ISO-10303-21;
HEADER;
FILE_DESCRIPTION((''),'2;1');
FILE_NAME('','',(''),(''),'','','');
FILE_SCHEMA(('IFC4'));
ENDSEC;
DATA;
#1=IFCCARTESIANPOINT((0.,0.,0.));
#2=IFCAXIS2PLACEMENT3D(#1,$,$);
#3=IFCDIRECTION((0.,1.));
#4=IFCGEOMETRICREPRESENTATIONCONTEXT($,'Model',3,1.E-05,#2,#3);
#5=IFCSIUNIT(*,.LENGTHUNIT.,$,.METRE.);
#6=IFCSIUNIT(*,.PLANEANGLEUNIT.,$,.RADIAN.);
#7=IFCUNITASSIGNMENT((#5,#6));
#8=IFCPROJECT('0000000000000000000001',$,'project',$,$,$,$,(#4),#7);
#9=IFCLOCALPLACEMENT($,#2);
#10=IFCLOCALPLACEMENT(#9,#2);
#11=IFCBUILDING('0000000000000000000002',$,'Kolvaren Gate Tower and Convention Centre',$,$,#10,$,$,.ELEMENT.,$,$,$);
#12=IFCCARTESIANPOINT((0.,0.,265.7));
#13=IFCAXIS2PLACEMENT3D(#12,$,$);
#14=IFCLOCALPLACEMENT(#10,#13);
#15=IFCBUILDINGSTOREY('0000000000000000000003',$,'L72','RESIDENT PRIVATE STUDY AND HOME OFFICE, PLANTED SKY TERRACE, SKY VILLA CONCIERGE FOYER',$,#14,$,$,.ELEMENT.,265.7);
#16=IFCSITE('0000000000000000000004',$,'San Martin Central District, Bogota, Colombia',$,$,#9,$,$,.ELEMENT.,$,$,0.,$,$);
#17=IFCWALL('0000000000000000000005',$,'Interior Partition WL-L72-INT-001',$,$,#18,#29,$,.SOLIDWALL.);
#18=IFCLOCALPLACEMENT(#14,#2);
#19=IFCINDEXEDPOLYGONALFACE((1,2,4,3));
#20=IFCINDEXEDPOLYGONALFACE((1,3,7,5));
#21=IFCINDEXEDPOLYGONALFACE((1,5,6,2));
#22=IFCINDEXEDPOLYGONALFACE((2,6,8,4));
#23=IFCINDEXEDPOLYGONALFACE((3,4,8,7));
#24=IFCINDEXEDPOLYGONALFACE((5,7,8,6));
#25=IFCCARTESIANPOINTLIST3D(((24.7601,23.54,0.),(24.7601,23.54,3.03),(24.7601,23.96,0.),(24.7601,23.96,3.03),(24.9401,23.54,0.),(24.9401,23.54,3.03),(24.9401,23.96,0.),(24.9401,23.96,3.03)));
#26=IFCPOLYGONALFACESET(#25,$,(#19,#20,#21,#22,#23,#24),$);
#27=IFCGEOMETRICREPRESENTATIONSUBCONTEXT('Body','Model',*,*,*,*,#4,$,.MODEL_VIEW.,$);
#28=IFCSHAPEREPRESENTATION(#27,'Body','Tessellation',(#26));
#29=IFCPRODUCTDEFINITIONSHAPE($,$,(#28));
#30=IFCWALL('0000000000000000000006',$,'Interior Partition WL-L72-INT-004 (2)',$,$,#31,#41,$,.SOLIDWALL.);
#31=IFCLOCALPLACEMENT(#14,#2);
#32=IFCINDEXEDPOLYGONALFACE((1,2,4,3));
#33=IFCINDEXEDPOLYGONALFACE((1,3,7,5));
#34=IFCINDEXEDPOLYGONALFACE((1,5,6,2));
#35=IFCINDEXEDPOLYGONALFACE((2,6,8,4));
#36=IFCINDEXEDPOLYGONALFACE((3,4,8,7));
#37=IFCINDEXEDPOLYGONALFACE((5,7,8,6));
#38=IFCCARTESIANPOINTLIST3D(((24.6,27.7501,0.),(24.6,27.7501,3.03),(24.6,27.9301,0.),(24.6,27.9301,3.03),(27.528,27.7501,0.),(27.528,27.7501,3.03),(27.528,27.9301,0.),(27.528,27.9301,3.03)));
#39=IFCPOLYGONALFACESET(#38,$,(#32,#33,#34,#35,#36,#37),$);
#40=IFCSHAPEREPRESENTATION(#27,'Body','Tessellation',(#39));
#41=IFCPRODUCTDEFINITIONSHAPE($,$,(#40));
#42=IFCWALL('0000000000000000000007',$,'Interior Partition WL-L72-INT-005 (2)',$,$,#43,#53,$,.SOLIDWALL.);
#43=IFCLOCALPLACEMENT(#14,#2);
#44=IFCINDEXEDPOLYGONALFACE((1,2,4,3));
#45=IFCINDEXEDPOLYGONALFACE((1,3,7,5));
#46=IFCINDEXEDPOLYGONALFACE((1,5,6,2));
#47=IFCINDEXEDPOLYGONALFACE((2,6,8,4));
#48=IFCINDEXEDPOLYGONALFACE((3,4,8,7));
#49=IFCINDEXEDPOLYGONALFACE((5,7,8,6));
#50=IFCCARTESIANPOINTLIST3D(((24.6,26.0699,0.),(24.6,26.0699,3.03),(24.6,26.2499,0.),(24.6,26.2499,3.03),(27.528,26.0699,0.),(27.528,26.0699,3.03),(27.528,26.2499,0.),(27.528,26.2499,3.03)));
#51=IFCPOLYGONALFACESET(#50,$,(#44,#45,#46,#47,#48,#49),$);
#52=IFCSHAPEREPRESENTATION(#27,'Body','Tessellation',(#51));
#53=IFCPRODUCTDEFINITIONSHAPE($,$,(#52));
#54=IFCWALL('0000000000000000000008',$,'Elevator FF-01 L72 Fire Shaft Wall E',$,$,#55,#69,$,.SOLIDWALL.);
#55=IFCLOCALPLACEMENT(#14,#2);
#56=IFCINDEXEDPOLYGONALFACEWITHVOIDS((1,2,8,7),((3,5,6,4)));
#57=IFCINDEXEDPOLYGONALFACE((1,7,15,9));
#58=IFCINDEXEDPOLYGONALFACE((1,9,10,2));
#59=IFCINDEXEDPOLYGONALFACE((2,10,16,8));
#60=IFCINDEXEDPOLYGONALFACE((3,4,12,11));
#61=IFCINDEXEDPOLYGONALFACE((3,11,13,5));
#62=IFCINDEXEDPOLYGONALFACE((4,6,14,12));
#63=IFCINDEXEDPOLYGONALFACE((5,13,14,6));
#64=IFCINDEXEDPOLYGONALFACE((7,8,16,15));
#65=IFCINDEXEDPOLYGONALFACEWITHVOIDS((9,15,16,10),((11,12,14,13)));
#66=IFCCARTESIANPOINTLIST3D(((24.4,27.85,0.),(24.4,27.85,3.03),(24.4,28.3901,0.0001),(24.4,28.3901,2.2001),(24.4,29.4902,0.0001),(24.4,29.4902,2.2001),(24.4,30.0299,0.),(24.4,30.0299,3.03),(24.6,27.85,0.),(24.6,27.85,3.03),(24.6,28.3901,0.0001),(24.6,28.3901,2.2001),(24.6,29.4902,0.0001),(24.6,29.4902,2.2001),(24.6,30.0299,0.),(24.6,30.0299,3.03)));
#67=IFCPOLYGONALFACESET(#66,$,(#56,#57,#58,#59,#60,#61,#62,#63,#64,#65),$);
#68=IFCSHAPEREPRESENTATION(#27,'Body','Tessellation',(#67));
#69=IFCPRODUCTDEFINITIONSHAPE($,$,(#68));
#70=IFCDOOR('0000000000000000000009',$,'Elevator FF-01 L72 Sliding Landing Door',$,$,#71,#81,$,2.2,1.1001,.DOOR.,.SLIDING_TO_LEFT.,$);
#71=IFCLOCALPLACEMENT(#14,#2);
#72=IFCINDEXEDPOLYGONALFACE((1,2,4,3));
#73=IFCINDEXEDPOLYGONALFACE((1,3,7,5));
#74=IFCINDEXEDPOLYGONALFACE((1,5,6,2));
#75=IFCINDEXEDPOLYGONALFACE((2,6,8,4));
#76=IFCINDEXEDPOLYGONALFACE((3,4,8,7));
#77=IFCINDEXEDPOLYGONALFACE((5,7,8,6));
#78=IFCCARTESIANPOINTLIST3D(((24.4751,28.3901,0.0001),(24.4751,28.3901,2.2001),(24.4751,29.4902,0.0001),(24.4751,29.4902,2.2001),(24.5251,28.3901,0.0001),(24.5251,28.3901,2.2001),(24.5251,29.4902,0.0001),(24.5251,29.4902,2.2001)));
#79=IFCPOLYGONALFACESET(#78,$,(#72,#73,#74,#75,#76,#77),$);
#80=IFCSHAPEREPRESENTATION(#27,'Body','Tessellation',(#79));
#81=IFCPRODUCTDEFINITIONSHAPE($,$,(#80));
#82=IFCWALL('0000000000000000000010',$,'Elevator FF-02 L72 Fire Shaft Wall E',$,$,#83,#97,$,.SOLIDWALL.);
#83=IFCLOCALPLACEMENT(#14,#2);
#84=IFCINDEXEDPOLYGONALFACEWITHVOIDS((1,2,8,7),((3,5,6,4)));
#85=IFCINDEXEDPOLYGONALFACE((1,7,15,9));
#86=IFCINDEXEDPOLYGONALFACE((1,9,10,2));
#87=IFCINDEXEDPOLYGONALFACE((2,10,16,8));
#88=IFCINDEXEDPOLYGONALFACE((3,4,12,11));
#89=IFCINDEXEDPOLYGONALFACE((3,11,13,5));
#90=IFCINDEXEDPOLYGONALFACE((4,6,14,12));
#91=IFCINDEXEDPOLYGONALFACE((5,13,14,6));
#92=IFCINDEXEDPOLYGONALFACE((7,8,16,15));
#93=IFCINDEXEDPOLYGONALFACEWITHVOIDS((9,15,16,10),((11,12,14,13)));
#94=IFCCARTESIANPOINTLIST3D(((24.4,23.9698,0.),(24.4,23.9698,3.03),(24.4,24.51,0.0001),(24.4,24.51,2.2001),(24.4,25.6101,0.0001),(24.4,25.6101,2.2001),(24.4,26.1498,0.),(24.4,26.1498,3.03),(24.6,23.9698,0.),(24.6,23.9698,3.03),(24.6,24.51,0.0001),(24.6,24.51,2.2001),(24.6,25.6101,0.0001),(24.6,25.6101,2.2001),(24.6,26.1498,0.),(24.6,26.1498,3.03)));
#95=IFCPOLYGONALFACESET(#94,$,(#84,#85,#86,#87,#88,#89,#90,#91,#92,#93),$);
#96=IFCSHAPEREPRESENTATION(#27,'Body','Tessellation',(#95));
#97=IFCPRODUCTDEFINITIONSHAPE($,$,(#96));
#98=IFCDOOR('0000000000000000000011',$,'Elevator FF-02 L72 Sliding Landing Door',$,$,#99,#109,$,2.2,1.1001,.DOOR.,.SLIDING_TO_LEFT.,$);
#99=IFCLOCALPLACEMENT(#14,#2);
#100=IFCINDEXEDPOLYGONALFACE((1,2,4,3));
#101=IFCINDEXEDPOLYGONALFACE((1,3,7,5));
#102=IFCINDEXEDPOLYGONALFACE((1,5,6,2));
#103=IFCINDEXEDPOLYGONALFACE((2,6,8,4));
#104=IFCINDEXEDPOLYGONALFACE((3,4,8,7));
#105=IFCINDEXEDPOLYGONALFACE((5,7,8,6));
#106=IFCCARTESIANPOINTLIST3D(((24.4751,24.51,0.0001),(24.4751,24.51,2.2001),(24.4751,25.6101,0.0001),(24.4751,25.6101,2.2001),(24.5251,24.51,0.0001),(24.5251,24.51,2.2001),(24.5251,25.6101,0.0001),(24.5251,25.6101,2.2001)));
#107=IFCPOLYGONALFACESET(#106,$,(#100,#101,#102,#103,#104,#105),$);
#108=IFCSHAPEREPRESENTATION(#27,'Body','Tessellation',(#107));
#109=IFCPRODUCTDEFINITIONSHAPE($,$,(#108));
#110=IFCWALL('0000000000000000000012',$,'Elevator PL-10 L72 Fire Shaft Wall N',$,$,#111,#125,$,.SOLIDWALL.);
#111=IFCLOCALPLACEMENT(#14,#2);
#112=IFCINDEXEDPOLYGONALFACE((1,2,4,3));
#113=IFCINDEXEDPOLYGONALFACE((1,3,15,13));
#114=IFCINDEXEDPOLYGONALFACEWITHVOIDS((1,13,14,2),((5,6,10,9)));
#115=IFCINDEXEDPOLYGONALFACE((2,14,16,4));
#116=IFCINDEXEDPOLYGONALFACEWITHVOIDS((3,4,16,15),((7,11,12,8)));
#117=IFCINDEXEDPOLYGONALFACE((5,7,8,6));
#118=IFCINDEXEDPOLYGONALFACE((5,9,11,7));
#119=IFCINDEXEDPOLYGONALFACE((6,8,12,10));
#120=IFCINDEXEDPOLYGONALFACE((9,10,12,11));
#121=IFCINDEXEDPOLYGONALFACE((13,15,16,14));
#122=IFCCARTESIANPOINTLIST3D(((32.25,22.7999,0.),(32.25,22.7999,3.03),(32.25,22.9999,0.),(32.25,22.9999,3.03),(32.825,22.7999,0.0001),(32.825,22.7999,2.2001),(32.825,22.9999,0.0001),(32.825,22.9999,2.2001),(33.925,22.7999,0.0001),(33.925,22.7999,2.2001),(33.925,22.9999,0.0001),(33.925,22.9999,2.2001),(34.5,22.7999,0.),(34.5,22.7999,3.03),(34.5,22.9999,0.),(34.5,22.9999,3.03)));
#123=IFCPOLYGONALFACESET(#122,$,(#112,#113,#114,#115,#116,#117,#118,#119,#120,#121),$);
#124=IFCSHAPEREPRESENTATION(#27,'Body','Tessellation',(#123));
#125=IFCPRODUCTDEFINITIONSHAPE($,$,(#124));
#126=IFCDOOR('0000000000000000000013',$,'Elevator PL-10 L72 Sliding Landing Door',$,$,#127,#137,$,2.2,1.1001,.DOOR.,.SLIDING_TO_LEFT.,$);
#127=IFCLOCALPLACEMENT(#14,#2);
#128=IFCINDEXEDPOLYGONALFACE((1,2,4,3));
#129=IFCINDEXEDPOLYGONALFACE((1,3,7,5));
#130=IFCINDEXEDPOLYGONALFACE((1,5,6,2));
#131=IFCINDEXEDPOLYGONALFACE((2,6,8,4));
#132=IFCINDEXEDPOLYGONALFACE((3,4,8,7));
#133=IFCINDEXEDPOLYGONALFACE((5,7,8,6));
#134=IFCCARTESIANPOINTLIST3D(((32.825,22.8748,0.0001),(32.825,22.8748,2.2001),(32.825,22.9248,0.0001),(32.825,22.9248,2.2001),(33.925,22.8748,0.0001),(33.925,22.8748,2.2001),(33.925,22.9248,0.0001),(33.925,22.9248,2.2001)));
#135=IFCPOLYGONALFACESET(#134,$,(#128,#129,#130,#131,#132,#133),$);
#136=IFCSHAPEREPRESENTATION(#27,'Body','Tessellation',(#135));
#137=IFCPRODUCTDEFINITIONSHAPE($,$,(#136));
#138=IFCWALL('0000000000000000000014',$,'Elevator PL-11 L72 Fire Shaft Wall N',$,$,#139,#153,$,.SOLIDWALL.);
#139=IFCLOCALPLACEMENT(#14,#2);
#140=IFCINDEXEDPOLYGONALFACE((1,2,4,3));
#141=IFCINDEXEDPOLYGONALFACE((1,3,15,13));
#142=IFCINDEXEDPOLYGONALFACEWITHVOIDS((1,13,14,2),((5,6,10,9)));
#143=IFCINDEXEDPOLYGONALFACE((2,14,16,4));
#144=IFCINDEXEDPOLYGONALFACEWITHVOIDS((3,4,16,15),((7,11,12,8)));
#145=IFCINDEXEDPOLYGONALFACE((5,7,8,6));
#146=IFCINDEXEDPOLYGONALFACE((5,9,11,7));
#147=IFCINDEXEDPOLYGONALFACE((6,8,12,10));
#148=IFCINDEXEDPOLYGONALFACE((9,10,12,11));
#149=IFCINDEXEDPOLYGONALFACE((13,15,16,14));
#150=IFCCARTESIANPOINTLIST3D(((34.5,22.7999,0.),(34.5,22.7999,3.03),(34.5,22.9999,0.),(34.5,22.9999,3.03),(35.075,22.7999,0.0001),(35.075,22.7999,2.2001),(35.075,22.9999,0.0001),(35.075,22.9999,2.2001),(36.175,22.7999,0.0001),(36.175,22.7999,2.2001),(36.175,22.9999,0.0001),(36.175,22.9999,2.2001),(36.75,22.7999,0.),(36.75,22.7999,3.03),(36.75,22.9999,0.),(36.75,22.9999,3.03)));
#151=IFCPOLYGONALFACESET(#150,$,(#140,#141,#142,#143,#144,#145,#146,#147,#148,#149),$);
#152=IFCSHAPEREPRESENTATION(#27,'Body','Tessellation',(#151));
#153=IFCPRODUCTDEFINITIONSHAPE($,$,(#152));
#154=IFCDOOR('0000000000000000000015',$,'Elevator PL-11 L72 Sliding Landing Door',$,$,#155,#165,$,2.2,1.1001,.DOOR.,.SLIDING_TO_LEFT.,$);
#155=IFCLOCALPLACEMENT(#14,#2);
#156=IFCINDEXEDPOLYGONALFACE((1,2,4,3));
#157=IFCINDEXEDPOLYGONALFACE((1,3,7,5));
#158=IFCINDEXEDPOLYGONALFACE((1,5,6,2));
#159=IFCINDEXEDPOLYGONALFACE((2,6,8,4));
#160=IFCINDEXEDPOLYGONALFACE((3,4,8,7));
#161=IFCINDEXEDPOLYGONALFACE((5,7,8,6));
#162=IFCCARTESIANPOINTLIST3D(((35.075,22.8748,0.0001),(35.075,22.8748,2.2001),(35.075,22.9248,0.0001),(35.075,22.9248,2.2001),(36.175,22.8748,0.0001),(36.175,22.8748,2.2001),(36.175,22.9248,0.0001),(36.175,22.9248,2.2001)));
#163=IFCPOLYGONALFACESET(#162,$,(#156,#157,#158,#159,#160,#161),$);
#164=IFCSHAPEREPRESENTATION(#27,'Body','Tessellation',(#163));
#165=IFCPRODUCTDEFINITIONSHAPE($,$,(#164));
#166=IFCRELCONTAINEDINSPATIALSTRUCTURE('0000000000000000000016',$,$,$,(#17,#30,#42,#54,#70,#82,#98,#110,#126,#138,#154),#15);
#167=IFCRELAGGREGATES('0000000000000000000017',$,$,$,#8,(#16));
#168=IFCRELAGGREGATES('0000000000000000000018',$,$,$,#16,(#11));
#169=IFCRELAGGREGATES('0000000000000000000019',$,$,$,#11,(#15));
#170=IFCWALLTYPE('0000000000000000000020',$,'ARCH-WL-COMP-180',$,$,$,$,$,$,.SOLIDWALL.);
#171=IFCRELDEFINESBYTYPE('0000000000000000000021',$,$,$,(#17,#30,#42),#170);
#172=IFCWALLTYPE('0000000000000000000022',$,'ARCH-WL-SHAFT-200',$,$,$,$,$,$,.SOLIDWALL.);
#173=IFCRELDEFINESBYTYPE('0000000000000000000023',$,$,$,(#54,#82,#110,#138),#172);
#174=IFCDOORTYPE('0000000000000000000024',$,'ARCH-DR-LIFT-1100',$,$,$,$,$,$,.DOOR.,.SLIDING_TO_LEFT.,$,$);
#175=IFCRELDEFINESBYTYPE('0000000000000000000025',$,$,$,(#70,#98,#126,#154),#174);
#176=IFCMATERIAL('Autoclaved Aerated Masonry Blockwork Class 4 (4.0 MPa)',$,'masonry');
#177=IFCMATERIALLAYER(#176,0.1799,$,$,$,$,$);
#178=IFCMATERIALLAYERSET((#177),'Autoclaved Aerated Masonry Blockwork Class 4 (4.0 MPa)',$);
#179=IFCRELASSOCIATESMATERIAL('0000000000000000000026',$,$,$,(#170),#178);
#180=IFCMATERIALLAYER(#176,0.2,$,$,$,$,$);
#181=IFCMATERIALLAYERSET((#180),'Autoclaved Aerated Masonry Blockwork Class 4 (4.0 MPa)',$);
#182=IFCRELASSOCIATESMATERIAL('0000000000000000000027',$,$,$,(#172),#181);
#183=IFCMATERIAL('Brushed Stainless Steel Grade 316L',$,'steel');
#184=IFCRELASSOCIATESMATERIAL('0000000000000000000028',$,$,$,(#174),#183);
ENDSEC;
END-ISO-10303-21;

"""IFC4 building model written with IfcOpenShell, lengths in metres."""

from ifc_helpers import new_model, si_unit, direction, frame, frame_2d, origin, place, context, subcontext, project, spatial, rectangle, extrude, material, layer, layer_set, type_object, element, fill, save


model = new_model("IFC4")

# Units and contexts
model_context = context("Model", 3, precision=1e-05, world=origin(), true_north=direction((0.0, 1.0)))
body_context = subcontext(model_context, "Body", "Model", "MODEL_VIEW")
ifc_project = project(units=[si_unit("LENGTHUNIT", "METRE"), si_unit("PLANEANGLEUNIT", "RADIAN")], contexts=[model_context])

# Site, building, storey
site_placement = place(None, origin())
site = spatial("IfcSite", under=ifc_project, at=site_placement, Name="San Martin Central District, Bogota, Colombia", CompositionType="ELEMENT", RefElevation=0.0)
building_placement = place(site_placement, origin())
building = spatial("IfcBuilding", under=site, at=building_placement, Name="Kolvaren Gate Tower and Convention Centre", CompositionType="ELEMENT")
storey_placement = place(building_placement, frame((0.0, 0.0, 265.7)))
storey = spatial("IfcBuildingStorey", under=building, at=storey_placement, Name="L72", Description="RESIDENT PRIVATE STUDY AND HOME OFFICE, PLANTED SKY TERRACE, SKY VILLA CONCIERGE FOYER", CompositionType="ELEMENT", Elevation=265.7)

# Walls
ifc_material_1 = material(Name="Autoclaved Aerated Masonry Blockwork Class 4 (4.0 MPa)", Category="masonry")
ifc_layer_1 = layer(ifc_material_1, 0.1799)
ifc_layer_set_1 = layer_set([ifc_layer_1], Name="Autoclaved Aerated Masonry Blockwork Class 4 (4.0 MPa)")
wall_type_1 = type_object("IfcWallType", Name="ARCH-WL-COMP-180", PredefinedType="SOLIDWALL", material=ifc_layer_set_1)
wall_1_placement = place(storey_placement, frame((24.8501, 23.54, 0.0), z_axis=(0.0, 0.0, 1.0), x_axis=(0.0, 1.0, 0.0)))
element("IfcWall", 1, at=wall_1_placement, inside=storey, type_object=wall_type_1, Name="Interior Partition WL-L72-INT-001", PredefinedType="SOLIDWALL", context=body_context, shape_type="SweptSolid", body=[
    extrude(rectangle(XDim=0.4199, YDim=0.1799, at=frame_2d((0.21, 0.0))), origin(), (0.0, 0.0, 1.0), 3.03),
])
for number, where, z_axis, x_axis, name in (
    (2, (24.6001, 27.8401, 0.0), (0.0, 0.0, 1.0), (1.0, 0.0, 0.0), "Interior Partition WL-L72-INT-004 (2)"),
    (3, (24.6001, 26.1599, 0.0), (0.0, 0.0, 1.0), (1.0, 0.0, 0.0), "Interior Partition WL-L72-INT-005 (2)"),
):
    element("IfcWall", number, at=place(storey_placement, frame(where, z_axis=z_axis, x_axis=x_axis)), inside=storey, type_object=wall_type_1, Name=name, PredefinedType="SOLIDWALL", context=body_context, shape_type="SweptSolid", body=[
        extrude(rectangle(XDim=2.928, YDim=0.1799, at=frame_2d((1.4639, 0.0))), origin(), (0.0, 0.0, 1.0), 3.03),
    ])

# Walls, openings, doors
ifc_layer_2 = layer(ifc_material_1, 0.2)
ifc_layer_set_2 = layer_set([ifc_layer_2], Name="Autoclaved Aerated Masonry Blockwork Class 4 (4.0 MPa)")
wall_type_2 = type_object("IfcWallType", Name="ARCH-WL-SHAFT-200", PredefinedType="SOLIDWALL", material=ifc_layer_set_2)
wall_2_placement = place(storey_placement, frame((24.5, 27.8501, 0.0), z_axis=(0.0, 0.0, 1.0), x_axis=(0.0, 1.0, 0.0)))
wall_2 = element("IfcWall", 4, at=wall_2_placement, inside=storey, type_object=wall_type_2, Name="Elevator FF-01 L72 Fire Shaft Wall E", PredefinedType="SOLIDWALL", context=body_context, shape_type="SweptSolid", body=[
    extrude(rectangle(XDim=2.1799, YDim=0.2, at=frame_2d((1.0898, 0.0))), origin(), (0.0, 0.0, 1.0), 3.03),
])
opening_1_placement = place(wall_2_placement, frame((0.54, 0.0, 0.0)))
opening_1 = element("IfcOpeningElement", 5, at=opening_1_placement, cuts=wall_2, PredefinedType="OPENING", context=body_context, shape_type="SweptSolid", body=[
    extrude(rectangle(XDim=1.1001, YDim=2.2, at=frame_2d((0.55, 1.1001))), frame((0.0, 0.1099, 0.0), z_axis=(0.0, -1.0, 0.0), x_axis=(1.0, 0.0, 0.0)), (0.0, 0.0, 1.0), 0.22),
])
ifc_material_2 = material(Name="Brushed Stainless Steel Grade 316L", Category="steel")
door_type_1 = type_object("IfcDoorType", Name="ARCH-DR-LIFT-1100", OperationType="SLIDING_TO_LEFT", PredefinedType="DOOR", material=ifc_material_2)
door_1_placement = place(opening_1_placement, origin())
door_1 = element("IfcDoor", 6, at=door_1_placement, inside=storey, type_object=door_type_1, Name="Elevator FF-01 L72 Sliding Landing Door", OperationType="SLIDING_TO_LEFT", OverallHeight=2.2, OverallWidth=1.1001, PredefinedType="DOOR", context=body_context, shape_type="SweptSolid", body=[
    extrude(rectangle(XDim=1.1001, YDim=2.2, at=frame_2d((0.55, 1.1001))), frame((0.0, 0.0249, 0.0), z_axis=(0.0, -1.0, 0.0), x_axis=(1.0, 0.0, 0.0)), (0.0, 0.0, 1.0), 0.05),
])
fill(opening_1, door_1)
wall_3_placement = place(storey_placement, frame((24.5, 23.97, 0.0), z_axis=(0.0, 0.0, 1.0), x_axis=(0.0, 1.0, 0.0)))
wall_3 = element("IfcWall", 7, at=wall_3_placement, inside=storey, type_object=wall_type_2, Name="Elevator FF-02 L72 Fire Shaft Wall E", PredefinedType="SOLIDWALL", context=body_context, shape_type="SweptSolid", body=[
    extrude(rectangle(XDim=2.1799, YDim=0.2, at=frame_2d((1.0898, 0.0))), origin(), (0.0, 0.0, 1.0), 3.03),
])
opening_2_placement = place(wall_3_placement, frame((0.54, 0.0, 0.0)))
opening_2 = element("IfcOpeningElement", 8, at=opening_2_placement, cuts=wall_3, PredefinedType="OPENING", context=body_context, shape_type="SweptSolid", body=[
    extrude(rectangle(XDim=1.1001, YDim=2.2, at=frame_2d((0.55, 1.1001))), frame((0.0, 0.1099, 0.0), z_axis=(0.0, -1.0, 0.0), x_axis=(1.0, 0.0, 0.0)), (0.0, 0.0, 1.0), 0.22),
])
door_2_placement = place(opening_2_placement, origin())
door_2 = element("IfcDoor", 9, at=door_2_placement, inside=storey, type_object=door_type_1, Name="Elevator FF-02 L72 Sliding Landing Door", OperationType="SLIDING_TO_LEFT", OverallHeight=2.2, OverallWidth=1.1001, PredefinedType="DOOR", context=body_context, shape_type="SweptSolid", body=[
    extrude(rectangle(XDim=1.1001, YDim=2.2, at=frame_2d((0.55, 1.1001))), frame((0.0, 0.0249, 0.0), z_axis=(0.0, -1.0, 0.0), x_axis=(1.0, 0.0, 0.0)), (0.0, 0.0, 1.0), 0.05),
])
fill(opening_2, door_2)
wall_4_placement = place(storey_placement, frame((32.25, 22.8999, 0.0), z_axis=(0.0, 0.0, 1.0), x_axis=(1.0, 0.0, 0.0)))
wall_4 = element("IfcWall", 10, at=wall_4_placement, inside=storey, type_object=wall_type_2, Name="Elevator PL-10 L72 Fire Shaft Wall N", PredefinedType="SOLIDWALL", context=body_context, shape_type="SweptSolid", body=[
    extrude(rectangle(XDim=2.25, YDim=0.2, at=frame_2d((1.125, 0.0))), origin(), (0.0, 0.0, 1.0), 3.03),
])
opening_3_placement = place(wall_4_placement, frame((0.575, 0.0, 0.0)))
opening_3 = element("IfcOpeningElement", 11, at=opening_3_placement, cuts=wall_4, PredefinedType="OPENING", context=body_context, shape_type="SweptSolid", body=[
    extrude(rectangle(XDim=1.1001, YDim=2.2, at=frame_2d((0.55, 1.1001))), frame((0.0, 0.1099, 0.0), z_axis=(0.0, -1.0, 0.0), x_axis=(1.0, 0.0, 0.0)), (0.0, 0.0, 1.0), 0.22),
])
door_3_placement = place(opening_3_placement, origin())
door_3 = element("IfcDoor", 12, at=door_3_placement, inside=storey, type_object=door_type_1, Name="Elevator PL-10 L72 Sliding Landing Door", OperationType="SLIDING_TO_LEFT", OverallHeight=2.2, OverallWidth=1.1001, PredefinedType="DOOR", context=body_context, shape_type="SweptSolid", body=[
    extrude(rectangle(XDim=1.1001, YDim=2.2, at=frame_2d((0.55, 1.1001))), frame((0.0, 0.0249, 0.0), z_axis=(0.0, -1.0, 0.0), x_axis=(1.0, 0.0, 0.0)), (0.0, 0.0, 1.0), 0.05),
])
fill(opening_3, door_3)
wall_5_placement = place(storey_placement, frame((34.5, 22.8999, 0.0), z_axis=(0.0, 0.0, 1.0), x_axis=(1.0, 0.0, 0.0)))
wall_5 = element("IfcWall", 13, at=wall_5_placement, inside=storey, type_object=wall_type_2, Name="Elevator PL-11 L72 Fire Shaft Wall N", PredefinedType="SOLIDWALL", context=body_context, shape_type="SweptSolid", body=[
    extrude(rectangle(XDim=2.25, YDim=0.2, at=frame_2d((1.125, 0.0))), origin(), (0.0, 0.0, 1.0), 3.03),
])
opening_4_placement = place(wall_5_placement, frame((0.575, 0.0, 0.0)))
opening_4 = element("IfcOpeningElement", 14, at=opening_4_placement, cuts=wall_5, PredefinedType="OPENING", context=body_context, shape_type="SweptSolid", body=[
    extrude(rectangle(XDim=1.1001, YDim=2.2, at=frame_2d((0.55, 1.1001))), frame((0.0, 0.1099, 0.0), z_axis=(0.0, -1.0, 0.0), x_axis=(1.0, 0.0, 0.0)), (0.0, 0.0, 1.0), 0.22),
])
door_4_placement = place(opening_4_placement, origin())
door_4 = element("IfcDoor", 15, at=door_4_placement, inside=storey, type_object=door_type_1, Name="Elevator PL-11 L72 Sliding Landing Door", OperationType="SLIDING_TO_LEFT", OverallHeight=2.2, OverallWidth=1.1001, PredefinedType="DOOR", context=body_context, shape_type="SweptSolid", body=[
    extrude(rectangle(XDim=1.1001, YDim=2.2, at=frame_2d((0.55, 1.1001))), frame((0.0, 0.0249, 0.0), z_axis=(0.0, -1.0, 0.0), x_axis=(1.0, 0.0, 0.0)), (0.0, 0.0, 1.0), 0.05),
])
fill(opening_4, door_4)

save(model, "model.ifc")
